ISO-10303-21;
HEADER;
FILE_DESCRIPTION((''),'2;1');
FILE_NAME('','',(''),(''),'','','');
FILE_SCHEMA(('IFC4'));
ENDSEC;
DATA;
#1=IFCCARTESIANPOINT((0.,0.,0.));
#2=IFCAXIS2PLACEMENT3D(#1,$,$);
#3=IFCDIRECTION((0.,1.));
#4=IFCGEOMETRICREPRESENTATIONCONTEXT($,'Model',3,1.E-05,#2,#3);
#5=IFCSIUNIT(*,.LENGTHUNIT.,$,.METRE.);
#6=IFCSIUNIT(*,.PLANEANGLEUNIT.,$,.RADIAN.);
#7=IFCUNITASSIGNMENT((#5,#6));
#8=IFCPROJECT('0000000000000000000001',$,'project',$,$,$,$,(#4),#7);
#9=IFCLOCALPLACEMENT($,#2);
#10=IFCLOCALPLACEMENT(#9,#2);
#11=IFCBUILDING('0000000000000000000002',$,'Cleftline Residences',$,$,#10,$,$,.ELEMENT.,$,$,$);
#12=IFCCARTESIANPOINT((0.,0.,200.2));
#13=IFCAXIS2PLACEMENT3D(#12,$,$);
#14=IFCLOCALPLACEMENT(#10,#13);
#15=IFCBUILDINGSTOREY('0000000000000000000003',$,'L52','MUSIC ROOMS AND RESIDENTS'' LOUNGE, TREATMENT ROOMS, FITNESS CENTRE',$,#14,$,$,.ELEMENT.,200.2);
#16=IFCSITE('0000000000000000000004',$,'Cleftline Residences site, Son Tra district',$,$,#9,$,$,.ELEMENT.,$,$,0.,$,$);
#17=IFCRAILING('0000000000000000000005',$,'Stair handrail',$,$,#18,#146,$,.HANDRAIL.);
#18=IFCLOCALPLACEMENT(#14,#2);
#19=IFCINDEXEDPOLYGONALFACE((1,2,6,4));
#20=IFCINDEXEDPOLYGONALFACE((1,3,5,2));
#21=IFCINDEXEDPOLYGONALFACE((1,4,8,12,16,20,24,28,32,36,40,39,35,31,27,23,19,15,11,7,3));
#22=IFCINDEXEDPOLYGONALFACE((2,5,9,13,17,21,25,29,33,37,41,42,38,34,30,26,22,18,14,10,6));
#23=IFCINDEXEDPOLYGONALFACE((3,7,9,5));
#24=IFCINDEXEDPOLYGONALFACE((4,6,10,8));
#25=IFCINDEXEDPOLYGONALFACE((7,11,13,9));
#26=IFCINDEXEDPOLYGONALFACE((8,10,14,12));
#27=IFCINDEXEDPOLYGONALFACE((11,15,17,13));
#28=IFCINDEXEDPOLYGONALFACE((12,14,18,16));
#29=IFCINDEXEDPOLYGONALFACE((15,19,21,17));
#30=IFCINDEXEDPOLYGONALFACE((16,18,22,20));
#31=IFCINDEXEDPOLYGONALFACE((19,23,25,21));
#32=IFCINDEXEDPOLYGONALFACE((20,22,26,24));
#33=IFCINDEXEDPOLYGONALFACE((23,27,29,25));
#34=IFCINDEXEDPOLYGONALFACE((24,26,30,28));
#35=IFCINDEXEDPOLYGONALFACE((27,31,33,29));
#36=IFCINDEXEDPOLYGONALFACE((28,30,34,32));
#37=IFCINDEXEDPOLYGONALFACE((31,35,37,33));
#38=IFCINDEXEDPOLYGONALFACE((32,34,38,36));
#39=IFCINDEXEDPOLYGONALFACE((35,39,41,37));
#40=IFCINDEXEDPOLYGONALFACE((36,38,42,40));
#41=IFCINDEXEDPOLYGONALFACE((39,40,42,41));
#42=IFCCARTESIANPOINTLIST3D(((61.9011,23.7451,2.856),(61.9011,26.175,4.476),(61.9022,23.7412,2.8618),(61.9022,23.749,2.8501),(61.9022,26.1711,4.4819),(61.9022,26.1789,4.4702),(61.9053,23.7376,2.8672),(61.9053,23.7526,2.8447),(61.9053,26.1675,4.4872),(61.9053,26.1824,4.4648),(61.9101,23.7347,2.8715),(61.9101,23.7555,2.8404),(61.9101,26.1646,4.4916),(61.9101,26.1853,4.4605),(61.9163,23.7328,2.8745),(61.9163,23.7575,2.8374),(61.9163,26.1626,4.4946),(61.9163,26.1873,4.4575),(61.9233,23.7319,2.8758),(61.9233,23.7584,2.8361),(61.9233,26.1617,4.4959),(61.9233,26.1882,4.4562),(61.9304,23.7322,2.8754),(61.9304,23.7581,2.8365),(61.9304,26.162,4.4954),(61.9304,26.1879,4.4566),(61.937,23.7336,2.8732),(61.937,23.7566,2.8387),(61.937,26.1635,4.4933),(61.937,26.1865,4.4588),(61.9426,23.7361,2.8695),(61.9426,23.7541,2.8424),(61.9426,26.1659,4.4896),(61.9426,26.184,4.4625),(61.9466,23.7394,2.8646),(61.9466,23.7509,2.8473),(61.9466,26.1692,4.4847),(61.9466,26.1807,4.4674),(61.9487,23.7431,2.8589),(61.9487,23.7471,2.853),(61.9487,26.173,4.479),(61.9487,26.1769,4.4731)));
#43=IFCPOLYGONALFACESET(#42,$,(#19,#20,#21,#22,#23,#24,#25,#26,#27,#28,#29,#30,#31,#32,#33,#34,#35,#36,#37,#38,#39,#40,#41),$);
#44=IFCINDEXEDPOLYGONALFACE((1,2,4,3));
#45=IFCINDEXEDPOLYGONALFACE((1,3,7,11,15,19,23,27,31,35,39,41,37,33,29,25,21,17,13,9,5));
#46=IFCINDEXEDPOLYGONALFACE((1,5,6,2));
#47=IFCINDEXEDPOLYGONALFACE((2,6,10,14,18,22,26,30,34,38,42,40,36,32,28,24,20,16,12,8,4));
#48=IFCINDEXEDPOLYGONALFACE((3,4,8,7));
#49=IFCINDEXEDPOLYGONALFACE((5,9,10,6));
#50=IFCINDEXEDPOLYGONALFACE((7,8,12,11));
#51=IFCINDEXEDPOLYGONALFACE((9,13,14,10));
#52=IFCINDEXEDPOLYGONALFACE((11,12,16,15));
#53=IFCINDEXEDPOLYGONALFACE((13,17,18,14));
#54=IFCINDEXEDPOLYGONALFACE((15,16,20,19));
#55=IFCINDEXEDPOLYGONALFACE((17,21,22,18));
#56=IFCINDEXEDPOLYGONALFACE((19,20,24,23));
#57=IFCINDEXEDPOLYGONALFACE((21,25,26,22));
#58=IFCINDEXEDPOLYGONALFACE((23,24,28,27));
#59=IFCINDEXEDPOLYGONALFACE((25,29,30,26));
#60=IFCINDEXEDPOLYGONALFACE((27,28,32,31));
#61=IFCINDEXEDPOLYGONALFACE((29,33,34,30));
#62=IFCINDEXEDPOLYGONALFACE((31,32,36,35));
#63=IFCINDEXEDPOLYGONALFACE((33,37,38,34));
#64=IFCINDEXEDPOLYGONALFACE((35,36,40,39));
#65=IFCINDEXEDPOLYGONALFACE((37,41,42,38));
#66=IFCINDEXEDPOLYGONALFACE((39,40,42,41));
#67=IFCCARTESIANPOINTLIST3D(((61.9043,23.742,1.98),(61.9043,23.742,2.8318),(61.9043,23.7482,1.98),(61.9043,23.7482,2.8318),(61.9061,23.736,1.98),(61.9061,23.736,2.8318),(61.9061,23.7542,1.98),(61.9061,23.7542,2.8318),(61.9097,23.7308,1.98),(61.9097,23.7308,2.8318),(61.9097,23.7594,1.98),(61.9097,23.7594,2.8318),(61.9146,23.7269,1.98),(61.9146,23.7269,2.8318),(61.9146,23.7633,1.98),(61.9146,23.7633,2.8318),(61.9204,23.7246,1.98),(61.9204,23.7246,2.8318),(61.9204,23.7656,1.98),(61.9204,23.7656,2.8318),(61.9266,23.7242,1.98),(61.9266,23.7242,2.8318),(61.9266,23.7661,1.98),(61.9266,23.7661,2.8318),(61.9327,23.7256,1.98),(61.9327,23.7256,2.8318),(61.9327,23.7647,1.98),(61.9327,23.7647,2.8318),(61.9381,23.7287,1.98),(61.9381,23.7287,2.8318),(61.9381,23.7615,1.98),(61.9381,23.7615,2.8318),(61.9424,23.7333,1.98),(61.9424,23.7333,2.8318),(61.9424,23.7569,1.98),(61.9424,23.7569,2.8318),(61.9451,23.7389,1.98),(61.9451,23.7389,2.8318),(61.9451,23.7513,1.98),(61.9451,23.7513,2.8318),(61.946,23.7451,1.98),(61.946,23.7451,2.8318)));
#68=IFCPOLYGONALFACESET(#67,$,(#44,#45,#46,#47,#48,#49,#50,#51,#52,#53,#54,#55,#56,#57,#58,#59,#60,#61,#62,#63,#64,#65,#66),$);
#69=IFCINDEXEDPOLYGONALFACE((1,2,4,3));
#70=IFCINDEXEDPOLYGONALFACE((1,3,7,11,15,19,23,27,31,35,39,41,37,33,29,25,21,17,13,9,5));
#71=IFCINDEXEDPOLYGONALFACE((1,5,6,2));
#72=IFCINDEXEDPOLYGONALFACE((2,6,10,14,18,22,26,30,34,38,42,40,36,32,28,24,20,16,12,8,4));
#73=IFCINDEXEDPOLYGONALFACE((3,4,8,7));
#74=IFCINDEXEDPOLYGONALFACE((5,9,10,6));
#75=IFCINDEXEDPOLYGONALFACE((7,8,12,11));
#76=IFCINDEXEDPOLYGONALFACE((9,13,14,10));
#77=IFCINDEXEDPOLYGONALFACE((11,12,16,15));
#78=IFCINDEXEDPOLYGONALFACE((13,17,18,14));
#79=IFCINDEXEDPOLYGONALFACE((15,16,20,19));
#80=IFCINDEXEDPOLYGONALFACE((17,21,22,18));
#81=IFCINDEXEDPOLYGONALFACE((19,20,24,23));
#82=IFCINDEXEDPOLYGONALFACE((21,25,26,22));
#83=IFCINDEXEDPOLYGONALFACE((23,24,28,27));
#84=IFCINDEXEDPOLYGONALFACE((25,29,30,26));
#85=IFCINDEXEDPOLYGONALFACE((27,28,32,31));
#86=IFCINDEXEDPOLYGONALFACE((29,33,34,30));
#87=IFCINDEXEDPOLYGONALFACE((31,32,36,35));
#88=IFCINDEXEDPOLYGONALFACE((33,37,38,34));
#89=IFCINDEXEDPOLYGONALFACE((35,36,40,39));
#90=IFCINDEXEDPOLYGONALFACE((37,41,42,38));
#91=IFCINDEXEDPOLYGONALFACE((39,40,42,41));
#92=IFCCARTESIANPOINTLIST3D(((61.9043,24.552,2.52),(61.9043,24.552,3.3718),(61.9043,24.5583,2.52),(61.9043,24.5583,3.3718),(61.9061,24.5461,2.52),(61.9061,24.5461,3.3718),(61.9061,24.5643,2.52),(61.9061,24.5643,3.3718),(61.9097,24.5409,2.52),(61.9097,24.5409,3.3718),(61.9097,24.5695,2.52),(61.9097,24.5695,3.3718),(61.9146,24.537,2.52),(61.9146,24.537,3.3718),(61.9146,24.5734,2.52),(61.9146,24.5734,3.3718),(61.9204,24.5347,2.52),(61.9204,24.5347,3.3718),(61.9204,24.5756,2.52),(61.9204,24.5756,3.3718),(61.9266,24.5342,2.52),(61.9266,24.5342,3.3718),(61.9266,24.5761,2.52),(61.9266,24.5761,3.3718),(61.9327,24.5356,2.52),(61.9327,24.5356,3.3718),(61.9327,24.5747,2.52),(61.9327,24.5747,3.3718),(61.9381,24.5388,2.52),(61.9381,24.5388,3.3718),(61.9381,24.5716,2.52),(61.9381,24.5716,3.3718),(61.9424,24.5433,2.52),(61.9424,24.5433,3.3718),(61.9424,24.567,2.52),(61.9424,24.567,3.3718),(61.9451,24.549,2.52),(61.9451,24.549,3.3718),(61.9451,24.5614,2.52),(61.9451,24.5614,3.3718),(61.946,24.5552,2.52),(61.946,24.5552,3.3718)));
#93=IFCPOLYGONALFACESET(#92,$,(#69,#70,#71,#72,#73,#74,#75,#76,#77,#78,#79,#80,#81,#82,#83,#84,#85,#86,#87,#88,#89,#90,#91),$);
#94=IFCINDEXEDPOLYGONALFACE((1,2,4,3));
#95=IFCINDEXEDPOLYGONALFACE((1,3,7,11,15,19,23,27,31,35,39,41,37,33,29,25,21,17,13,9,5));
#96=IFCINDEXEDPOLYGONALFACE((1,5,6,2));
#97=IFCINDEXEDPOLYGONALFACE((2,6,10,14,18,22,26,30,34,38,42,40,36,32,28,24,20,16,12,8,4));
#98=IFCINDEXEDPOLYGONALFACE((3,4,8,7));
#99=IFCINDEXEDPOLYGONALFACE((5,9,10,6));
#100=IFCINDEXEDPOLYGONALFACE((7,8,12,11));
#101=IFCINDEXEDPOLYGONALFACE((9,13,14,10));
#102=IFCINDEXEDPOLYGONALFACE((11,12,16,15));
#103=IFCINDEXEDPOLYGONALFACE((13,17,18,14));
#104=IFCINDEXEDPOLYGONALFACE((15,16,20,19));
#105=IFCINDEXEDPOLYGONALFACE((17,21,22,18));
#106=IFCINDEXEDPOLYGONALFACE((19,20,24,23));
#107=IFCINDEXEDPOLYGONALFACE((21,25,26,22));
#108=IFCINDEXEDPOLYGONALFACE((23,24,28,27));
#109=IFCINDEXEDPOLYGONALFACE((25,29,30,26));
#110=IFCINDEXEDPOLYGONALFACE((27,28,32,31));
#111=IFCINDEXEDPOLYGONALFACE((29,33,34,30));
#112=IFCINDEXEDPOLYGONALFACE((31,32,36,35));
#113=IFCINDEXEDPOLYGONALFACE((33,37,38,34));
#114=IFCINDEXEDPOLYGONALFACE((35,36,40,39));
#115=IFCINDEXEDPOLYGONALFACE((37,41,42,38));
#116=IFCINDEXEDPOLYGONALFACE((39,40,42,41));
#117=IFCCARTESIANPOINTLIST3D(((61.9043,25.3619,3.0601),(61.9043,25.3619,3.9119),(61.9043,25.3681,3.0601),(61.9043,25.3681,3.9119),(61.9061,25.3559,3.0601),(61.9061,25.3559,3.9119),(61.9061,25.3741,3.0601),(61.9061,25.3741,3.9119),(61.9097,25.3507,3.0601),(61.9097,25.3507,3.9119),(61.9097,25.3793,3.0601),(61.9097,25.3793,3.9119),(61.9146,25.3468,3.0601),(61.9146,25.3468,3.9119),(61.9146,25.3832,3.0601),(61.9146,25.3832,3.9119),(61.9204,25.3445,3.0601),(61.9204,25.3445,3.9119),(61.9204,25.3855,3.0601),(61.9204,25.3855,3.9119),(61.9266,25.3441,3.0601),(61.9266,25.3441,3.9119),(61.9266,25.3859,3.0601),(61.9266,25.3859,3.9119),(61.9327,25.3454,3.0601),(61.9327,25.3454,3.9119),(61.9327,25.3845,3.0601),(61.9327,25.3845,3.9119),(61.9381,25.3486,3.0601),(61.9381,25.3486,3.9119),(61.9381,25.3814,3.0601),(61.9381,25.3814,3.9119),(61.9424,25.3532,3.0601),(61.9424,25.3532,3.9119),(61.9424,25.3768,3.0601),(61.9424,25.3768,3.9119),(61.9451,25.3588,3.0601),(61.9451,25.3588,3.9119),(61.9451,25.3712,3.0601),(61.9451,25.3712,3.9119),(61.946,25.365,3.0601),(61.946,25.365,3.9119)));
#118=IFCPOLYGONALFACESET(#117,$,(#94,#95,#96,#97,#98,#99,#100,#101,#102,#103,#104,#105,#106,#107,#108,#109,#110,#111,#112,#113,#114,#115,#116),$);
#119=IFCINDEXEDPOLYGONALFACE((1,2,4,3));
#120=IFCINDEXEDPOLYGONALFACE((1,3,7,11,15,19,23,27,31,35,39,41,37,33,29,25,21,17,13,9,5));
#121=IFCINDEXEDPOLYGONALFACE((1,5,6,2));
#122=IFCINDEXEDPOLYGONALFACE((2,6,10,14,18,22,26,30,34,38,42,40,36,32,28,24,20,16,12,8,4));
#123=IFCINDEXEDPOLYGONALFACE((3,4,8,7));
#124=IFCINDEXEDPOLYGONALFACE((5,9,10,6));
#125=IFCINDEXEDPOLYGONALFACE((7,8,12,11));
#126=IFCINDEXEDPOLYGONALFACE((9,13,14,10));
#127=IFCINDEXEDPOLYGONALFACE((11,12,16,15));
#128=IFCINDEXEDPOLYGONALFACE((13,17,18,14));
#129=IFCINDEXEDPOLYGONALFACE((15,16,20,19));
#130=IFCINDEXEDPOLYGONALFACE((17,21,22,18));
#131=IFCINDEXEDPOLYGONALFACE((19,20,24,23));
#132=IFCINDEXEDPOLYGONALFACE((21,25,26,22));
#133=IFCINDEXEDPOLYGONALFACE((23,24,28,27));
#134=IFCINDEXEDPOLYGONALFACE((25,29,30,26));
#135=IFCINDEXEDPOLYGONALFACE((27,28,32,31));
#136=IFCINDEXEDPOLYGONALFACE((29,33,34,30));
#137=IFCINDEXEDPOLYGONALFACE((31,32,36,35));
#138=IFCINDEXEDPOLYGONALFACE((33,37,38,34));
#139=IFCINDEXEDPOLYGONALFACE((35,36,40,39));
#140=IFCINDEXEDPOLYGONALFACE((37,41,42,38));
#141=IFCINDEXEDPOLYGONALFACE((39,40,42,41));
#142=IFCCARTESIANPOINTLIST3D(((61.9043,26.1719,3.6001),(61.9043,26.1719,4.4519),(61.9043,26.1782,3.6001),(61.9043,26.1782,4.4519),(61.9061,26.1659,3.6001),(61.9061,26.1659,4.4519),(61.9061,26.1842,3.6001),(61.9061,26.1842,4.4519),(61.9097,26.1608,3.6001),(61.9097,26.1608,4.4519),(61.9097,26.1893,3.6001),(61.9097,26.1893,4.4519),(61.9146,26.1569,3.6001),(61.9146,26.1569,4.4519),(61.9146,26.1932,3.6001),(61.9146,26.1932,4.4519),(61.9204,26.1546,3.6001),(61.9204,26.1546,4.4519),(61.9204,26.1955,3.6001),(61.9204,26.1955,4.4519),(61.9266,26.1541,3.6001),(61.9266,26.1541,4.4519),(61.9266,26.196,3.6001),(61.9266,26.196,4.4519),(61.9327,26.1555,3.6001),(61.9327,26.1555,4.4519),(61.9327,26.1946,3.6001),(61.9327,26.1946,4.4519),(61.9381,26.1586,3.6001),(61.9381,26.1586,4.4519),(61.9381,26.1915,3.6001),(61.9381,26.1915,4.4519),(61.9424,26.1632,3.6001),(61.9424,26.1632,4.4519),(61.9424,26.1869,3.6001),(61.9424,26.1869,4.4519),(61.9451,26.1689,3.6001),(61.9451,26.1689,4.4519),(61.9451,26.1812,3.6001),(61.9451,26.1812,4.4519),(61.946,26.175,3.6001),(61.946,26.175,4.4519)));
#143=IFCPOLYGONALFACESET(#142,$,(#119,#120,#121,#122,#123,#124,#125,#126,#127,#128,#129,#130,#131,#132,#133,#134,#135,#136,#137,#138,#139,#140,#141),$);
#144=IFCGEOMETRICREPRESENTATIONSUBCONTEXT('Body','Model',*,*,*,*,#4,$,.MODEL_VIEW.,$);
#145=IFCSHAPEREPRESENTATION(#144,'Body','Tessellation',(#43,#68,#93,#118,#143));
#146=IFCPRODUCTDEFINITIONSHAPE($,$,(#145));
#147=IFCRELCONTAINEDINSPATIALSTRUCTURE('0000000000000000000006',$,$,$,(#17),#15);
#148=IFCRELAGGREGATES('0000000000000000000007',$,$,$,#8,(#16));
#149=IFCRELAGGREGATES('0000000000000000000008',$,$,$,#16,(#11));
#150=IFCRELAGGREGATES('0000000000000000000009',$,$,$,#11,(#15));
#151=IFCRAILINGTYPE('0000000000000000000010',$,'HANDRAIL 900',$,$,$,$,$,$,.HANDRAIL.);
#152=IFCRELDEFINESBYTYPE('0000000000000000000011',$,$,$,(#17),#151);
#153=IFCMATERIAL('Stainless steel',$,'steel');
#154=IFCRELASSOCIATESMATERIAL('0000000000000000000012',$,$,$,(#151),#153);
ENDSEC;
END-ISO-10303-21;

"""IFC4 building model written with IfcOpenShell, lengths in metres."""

from ifc_helpers import new_model, si_unit, direction, frame, origin, origin_2d, place, context, subcontext, project, spatial, circle, extrude, material, type_object, element, save


model = new_model("IFC4")

# Units and contexts
model_context = context("Model", 3, precision=1e-05, world=origin(), true_north=direction((0.0, 1.0)))
body_context = subcontext(model_context, "Body", "Model", "MODEL_VIEW")
ifc_project = project(units=[si_unit("LENGTHUNIT", "METRE"), si_unit("PLANEANGLEUNIT", "RADIAN")], contexts=[model_context])

# Site, building, storey
site_placement = place(None, origin())
site = spatial("IfcSite", under=ifc_project, at=site_placement, Name="Cleftline Residences site, Son Tra district", CompositionType="ELEMENT", RefElevation=0.0)
building_placement = place(site_placement, origin())
building = spatial("IfcBuilding", under=site, at=building_placement, Name="Cleftline Residences", CompositionType="ELEMENT")
storey_placement = place(building_placement, frame((0.0, 0.0, 200.2)))
storey = spatial("IfcBuildingStorey", under=building, at=storey_placement, Name="L52", Description="MUSIC ROOMS AND RESIDENTS' LOUNGE, TREATMENT ROOMS, FITNESS CENTRE", CompositionType="ELEMENT", Elevation=200.2)

# Railing
ifc_material_1 = material(Name="Stainless steel", Category="steel")
railing_type = type_object("IfcRailingType", Name="HANDRAIL 900", PredefinedType="HANDRAIL", material=ifc_material_1)
railing_placement = place(storey_placement, frame((61.925, 23.7451, 1.98)))
element("IfcRailing", 1, at=railing_placement, inside=storey, type_object=railing_type, Name="Stair handrail", PredefinedType="HANDRAIL", context=body_context, shape_type="SweptSolid", body=[
    extrude(circle(Radius=0.0239, at=origin_2d()), frame((0.0, 0.0, 0.876), z_axis=(0.0, 0.832025, 0.554739), x_axis=(-1.0, 0.0, 0.0)), (0.0, 0.0, 1.0), 2.9204),
    extrude(circle(Radius=0.021, at=origin_2d()), origin(), (0.0, 0.0, 1.0), 0.8518),
    extrude(circle(Radius=0.021, at=origin_2d()), frame((0.0, 0.8101, 0.54)), (0.0, 0.0, 1.0), 0.8518),
    extrude(circle(Radius=0.021, at=origin_2d()), frame((0.0, 1.6199, 1.0801)), (0.0, 0.0, 1.0), 0.8518),
    extrude(circle(Radius=0.021, at=origin_2d()), frame((0.0, 2.4299, 1.6201)), (0.0, 0.0, 1.0), 0.8518),
])

save(model, "model.ifc")
